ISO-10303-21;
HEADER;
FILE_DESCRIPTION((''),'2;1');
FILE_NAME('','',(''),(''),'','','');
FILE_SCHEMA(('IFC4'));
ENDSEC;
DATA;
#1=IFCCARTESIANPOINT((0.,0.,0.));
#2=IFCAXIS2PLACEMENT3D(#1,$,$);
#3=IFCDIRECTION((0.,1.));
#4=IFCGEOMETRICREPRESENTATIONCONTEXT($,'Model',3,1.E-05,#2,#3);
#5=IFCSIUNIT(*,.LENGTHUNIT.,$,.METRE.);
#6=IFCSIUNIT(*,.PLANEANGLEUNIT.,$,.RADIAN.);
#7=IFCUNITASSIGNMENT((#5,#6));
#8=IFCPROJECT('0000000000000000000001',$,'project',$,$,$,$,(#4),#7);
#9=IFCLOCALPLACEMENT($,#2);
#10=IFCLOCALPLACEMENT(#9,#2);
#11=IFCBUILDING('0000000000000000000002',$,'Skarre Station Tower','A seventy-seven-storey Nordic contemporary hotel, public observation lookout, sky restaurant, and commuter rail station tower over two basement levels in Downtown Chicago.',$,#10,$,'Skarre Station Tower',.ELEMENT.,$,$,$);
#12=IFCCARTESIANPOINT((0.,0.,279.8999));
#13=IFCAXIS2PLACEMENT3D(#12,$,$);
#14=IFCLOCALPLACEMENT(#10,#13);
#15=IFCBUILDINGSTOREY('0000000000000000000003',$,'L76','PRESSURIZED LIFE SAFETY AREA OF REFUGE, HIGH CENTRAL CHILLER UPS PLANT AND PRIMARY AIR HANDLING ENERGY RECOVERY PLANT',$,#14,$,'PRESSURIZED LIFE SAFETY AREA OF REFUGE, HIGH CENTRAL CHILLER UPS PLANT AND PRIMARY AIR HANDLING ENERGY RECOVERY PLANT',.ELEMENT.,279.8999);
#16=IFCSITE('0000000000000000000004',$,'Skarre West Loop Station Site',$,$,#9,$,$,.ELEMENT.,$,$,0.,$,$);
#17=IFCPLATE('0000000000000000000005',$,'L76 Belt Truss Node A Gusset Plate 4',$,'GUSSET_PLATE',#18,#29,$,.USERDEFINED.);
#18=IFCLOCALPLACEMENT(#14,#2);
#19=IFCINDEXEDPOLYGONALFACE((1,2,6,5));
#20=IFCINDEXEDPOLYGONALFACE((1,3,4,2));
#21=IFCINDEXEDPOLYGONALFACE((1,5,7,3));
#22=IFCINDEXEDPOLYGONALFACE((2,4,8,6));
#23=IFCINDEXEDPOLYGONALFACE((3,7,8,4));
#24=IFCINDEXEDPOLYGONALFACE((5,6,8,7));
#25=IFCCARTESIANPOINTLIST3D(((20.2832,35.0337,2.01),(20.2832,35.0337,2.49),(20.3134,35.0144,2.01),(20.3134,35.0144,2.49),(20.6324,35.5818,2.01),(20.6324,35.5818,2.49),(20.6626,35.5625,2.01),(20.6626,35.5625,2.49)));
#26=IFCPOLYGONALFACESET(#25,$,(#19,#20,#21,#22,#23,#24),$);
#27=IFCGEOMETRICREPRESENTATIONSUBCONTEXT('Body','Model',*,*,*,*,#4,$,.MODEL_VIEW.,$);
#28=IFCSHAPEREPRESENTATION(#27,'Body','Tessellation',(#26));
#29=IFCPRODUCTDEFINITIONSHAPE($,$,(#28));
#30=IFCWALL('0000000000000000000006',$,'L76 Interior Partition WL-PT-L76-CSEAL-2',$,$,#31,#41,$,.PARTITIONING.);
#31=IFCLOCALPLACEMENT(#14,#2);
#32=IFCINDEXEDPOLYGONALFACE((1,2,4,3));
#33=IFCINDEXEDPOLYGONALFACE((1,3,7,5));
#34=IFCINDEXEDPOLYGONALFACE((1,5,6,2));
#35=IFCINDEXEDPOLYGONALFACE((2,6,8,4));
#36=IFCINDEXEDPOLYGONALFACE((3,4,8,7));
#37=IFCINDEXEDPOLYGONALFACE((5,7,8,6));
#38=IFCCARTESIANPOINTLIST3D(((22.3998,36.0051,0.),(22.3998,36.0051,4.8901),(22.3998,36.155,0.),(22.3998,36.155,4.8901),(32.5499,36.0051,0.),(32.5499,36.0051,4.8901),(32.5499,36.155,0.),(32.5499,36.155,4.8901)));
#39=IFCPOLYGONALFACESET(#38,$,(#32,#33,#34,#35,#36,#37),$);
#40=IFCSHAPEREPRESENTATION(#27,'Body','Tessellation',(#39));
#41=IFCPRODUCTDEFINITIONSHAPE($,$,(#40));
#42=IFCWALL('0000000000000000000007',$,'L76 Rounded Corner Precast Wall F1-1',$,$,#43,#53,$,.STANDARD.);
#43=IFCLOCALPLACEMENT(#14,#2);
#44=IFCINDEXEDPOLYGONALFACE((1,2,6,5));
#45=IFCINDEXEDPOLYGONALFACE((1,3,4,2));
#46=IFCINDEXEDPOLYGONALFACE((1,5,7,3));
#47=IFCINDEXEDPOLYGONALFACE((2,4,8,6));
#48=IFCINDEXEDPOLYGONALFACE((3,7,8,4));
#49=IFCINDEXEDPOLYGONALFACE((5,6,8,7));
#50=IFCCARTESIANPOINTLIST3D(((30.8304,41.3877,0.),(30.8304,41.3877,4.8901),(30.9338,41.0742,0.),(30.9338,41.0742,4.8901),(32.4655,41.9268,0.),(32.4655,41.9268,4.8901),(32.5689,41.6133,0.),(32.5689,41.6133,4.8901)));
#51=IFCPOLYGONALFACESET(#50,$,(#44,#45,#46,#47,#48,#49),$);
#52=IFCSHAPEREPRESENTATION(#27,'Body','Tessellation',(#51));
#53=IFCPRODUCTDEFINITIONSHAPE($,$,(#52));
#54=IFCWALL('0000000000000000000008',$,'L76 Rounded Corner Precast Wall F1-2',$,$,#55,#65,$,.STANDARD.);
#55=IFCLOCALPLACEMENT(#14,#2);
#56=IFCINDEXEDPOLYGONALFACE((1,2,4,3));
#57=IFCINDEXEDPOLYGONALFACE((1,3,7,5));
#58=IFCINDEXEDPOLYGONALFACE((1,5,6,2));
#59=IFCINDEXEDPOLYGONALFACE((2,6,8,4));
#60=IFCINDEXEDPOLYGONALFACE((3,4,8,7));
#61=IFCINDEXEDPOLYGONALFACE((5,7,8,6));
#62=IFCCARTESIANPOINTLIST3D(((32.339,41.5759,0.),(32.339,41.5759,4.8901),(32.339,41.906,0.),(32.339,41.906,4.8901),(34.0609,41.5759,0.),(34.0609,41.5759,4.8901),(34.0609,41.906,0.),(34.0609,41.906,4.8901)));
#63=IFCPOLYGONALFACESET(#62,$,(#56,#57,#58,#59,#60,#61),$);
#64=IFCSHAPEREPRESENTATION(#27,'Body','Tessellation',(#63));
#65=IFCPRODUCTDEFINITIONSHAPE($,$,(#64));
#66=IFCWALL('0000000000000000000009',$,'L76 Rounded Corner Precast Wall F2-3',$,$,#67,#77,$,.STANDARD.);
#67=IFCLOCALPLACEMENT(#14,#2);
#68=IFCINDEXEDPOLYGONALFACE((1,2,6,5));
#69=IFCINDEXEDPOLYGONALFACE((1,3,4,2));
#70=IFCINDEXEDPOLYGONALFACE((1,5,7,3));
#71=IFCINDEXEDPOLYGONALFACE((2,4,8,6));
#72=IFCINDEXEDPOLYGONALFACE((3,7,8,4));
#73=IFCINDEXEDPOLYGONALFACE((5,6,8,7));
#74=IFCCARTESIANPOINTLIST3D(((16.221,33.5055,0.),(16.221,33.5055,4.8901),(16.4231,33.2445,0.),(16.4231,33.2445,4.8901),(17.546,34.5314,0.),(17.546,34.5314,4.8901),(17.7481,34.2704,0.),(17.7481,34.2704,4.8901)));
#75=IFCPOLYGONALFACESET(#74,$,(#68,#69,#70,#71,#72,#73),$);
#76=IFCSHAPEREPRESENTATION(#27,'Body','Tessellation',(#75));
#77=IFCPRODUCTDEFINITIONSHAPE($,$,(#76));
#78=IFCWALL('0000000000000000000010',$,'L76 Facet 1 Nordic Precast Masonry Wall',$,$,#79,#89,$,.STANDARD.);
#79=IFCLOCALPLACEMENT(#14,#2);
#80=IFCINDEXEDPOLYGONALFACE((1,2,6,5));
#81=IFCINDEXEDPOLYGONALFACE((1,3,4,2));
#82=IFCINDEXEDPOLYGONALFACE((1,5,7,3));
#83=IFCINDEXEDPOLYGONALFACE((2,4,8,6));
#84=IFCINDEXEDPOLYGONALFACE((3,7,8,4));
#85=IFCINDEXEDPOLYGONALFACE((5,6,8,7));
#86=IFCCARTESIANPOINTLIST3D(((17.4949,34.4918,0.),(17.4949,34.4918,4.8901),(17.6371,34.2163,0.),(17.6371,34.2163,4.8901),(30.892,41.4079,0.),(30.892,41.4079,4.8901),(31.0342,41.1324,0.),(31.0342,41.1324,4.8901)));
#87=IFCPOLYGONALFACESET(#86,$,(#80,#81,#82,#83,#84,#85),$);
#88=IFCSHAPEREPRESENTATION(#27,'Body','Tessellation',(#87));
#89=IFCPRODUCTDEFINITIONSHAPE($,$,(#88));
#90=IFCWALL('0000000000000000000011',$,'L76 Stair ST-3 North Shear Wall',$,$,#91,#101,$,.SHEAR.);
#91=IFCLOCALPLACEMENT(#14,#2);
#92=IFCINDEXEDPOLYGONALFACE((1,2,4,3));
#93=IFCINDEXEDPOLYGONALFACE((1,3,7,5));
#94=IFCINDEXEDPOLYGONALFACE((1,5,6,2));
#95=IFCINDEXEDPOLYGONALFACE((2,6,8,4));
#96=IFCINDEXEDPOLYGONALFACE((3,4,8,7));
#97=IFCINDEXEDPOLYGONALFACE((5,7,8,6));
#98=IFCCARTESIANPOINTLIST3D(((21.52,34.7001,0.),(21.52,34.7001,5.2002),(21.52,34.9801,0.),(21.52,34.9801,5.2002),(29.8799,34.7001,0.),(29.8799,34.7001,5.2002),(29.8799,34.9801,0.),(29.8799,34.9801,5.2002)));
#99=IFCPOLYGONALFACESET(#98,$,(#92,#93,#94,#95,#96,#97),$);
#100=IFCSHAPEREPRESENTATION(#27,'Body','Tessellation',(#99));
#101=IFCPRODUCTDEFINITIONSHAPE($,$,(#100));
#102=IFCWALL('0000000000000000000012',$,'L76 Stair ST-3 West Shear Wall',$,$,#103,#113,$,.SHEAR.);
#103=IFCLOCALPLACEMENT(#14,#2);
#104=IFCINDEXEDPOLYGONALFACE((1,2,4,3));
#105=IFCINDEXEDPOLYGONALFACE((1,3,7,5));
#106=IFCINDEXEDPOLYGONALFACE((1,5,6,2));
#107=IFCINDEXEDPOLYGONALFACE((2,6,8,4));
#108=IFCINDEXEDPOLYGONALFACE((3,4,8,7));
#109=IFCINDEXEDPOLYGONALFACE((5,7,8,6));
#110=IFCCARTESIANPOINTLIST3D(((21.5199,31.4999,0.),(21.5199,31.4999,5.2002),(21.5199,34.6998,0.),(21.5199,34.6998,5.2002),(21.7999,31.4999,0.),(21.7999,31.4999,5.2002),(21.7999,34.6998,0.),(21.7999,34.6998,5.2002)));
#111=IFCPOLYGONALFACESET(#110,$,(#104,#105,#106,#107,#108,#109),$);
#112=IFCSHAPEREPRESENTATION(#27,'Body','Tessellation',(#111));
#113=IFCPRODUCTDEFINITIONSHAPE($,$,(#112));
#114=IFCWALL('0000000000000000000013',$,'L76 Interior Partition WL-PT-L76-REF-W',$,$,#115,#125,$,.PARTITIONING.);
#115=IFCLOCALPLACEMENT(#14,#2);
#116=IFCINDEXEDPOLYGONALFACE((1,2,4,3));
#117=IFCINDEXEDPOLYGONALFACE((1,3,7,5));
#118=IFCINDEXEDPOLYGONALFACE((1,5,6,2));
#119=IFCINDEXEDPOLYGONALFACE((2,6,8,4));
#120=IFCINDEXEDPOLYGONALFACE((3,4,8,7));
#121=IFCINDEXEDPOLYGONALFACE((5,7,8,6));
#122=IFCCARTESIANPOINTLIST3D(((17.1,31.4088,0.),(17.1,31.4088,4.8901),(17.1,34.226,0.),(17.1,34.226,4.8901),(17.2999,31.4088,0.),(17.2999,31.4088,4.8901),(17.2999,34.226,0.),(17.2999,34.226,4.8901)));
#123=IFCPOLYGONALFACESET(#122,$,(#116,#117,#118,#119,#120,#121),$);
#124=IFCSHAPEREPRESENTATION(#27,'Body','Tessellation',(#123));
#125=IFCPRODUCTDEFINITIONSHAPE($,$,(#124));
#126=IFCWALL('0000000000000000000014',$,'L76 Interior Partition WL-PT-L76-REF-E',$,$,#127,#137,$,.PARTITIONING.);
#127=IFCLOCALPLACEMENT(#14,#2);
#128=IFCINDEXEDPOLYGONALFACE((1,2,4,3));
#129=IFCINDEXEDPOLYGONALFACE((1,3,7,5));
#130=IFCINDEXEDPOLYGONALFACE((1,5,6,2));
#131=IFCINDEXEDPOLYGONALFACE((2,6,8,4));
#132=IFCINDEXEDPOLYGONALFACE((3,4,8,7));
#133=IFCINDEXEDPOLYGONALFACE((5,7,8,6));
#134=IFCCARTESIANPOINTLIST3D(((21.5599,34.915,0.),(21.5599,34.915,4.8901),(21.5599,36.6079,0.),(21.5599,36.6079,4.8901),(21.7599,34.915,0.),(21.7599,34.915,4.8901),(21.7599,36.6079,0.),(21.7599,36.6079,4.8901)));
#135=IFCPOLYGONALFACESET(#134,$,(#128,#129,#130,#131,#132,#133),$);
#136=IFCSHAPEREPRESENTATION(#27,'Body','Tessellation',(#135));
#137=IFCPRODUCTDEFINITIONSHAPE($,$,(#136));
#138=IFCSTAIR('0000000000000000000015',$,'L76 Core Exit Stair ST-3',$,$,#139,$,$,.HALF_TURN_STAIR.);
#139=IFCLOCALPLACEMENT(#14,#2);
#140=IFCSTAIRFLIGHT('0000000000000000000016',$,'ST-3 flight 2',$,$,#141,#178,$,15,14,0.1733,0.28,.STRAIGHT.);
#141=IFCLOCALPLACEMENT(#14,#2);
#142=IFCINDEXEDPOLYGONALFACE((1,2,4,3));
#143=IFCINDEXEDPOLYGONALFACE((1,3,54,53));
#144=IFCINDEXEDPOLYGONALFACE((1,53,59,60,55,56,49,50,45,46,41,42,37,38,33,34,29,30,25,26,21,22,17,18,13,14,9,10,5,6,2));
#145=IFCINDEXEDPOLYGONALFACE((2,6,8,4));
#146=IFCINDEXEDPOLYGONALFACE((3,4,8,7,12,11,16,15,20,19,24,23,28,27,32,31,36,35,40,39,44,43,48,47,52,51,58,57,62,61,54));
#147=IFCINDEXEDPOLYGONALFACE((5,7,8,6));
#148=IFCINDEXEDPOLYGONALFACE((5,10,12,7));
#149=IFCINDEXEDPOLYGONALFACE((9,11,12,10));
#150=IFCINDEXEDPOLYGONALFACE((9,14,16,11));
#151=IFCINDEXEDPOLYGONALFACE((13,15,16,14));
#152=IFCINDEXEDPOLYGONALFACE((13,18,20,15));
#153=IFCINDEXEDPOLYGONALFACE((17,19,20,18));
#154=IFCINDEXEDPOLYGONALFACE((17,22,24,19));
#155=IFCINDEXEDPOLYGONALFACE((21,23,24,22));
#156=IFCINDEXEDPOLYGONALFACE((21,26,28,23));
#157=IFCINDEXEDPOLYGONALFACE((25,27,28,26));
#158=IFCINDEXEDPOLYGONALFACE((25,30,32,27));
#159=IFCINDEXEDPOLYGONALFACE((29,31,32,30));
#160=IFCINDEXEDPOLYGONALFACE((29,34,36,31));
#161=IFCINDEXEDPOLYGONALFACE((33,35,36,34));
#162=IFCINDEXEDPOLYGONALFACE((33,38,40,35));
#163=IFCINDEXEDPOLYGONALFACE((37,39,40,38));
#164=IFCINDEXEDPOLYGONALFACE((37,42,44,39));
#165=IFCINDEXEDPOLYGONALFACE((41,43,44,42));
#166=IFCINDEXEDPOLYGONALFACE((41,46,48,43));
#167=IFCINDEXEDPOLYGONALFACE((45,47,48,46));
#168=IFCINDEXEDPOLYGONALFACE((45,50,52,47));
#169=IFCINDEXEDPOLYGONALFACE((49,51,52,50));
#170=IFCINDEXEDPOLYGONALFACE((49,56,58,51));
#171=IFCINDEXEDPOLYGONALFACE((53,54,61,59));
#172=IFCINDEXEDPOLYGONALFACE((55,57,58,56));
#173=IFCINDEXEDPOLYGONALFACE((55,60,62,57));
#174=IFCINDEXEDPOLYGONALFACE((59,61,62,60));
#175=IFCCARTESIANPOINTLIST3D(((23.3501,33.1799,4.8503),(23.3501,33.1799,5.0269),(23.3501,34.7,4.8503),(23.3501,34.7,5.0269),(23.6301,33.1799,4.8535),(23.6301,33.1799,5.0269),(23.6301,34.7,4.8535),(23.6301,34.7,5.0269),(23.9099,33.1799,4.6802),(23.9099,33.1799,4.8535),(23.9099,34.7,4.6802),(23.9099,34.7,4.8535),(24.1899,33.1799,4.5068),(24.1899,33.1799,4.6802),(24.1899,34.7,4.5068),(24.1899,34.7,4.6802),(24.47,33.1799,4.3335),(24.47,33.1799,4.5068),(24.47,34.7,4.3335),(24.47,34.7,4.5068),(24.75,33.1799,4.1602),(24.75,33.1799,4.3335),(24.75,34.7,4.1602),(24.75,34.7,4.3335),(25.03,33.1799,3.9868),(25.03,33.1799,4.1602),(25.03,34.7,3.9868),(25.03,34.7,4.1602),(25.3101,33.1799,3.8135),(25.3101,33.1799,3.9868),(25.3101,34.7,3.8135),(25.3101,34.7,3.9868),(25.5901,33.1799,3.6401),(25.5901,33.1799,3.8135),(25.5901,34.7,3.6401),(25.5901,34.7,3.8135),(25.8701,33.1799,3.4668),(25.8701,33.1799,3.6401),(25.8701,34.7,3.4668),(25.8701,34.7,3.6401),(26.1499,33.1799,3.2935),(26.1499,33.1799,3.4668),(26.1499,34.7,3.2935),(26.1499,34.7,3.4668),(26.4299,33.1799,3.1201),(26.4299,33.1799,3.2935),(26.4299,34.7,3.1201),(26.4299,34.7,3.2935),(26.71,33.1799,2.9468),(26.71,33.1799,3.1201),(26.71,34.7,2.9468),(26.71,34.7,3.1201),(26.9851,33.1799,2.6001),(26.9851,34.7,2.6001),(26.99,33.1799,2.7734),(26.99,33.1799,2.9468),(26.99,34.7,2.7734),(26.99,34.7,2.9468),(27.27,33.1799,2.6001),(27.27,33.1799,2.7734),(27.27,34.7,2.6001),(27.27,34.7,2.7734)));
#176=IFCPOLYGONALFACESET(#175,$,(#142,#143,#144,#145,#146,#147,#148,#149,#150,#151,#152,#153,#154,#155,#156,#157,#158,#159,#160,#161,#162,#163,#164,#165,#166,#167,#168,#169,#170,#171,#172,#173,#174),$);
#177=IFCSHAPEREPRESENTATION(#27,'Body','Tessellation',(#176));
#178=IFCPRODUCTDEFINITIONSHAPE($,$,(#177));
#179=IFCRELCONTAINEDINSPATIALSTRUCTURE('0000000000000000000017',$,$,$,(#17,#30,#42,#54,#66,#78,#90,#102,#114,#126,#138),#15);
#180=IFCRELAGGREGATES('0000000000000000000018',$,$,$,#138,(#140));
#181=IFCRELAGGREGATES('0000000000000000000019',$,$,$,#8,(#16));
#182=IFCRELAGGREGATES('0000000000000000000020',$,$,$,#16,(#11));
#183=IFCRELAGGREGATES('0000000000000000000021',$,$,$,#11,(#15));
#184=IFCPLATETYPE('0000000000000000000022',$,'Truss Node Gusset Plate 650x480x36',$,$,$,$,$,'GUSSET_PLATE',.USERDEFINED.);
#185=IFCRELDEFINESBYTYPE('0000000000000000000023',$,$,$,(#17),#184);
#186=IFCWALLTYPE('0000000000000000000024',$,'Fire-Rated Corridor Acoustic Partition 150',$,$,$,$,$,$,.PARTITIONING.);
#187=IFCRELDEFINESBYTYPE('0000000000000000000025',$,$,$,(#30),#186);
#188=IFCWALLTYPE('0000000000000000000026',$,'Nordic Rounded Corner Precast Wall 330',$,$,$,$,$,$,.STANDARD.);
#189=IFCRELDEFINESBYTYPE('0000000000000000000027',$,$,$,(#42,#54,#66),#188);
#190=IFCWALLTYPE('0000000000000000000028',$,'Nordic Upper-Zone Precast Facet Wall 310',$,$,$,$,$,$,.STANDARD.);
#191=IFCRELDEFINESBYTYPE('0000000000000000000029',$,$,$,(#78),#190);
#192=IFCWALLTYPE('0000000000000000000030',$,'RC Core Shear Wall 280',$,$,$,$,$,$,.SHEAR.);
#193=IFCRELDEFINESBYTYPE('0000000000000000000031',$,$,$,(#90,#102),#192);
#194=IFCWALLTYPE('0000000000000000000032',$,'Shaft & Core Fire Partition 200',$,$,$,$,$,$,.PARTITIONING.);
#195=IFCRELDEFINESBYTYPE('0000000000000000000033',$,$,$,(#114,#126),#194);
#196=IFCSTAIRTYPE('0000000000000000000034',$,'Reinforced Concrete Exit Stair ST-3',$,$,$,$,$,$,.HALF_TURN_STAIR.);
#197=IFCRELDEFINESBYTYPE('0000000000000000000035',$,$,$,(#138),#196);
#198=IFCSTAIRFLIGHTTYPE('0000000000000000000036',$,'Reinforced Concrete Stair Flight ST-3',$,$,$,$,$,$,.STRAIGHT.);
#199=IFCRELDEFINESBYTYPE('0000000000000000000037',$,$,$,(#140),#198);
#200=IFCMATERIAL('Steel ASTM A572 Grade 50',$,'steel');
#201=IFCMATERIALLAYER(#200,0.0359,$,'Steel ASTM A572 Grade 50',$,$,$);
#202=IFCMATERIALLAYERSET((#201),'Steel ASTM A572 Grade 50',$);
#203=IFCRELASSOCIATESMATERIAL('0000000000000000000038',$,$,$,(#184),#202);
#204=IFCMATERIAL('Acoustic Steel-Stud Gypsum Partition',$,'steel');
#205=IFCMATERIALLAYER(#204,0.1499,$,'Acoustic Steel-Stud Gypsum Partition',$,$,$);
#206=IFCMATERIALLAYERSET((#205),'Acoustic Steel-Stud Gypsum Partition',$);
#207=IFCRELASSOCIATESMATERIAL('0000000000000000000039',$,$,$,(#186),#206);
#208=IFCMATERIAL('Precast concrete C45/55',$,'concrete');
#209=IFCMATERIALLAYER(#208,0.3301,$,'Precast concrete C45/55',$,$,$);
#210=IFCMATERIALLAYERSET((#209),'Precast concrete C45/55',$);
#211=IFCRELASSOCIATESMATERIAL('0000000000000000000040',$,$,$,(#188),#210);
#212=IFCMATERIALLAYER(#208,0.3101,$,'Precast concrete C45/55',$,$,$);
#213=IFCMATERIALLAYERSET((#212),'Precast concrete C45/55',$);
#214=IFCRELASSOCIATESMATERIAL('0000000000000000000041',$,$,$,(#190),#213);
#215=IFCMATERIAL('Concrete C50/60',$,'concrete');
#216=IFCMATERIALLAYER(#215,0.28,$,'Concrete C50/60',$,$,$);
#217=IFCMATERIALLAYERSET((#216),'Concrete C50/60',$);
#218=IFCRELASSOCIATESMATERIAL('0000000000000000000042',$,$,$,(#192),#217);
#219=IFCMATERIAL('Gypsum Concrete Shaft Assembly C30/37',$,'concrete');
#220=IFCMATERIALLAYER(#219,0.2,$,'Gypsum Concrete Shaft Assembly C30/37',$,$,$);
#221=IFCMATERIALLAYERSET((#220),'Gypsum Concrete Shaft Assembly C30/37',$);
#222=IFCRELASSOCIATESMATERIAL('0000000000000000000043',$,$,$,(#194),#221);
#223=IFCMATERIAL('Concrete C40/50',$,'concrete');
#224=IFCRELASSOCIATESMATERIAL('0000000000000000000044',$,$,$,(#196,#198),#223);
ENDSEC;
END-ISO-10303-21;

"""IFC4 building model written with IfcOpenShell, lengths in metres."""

from ifc_helpers import new_model, si_unit, direction, frame, frame_2d, origin, origin_2d, place, context, subcontext, project, spatial, polyline, rectangle, outline, extrude, material, layer, layer_set, type_object, element, aggregate, save


model = new_model("IFC4")

# Units and contexts
model_context = context("Model", 3, precision=1e-05, world=origin(), true_north=direction((0.0, 1.0)))
body_context = subcontext(model_context, "Body", "Model", "MODEL_VIEW")
ifc_project = project(units=[si_unit("LENGTHUNIT", "METRE"), si_unit("PLANEANGLEUNIT", "RADIAN")], contexts=[model_context])

# Site, building, storey
site_placement = place(None, origin())
site = spatial("IfcSite", under=ifc_project, at=site_placement, Name="Skarre West Loop Station Site", CompositionType="ELEMENT", RefElevation=0.0)
building_placement = place(site_placement, origin())
building = spatial("IfcBuilding", under=site, at=building_placement, Name="Skarre Station Tower", Description="A seventy-seven-storey Nordic contemporary hotel, public observation lookout, sky restaurant, and commuter rail station tower over two basement levels in Downtown Chicago.", LongName="Skarre Station Tower", CompositionType="ELEMENT")
storey_placement = place(building_placement, frame((0.0, 0.0, 279.8999)))
storey = spatial("IfcBuildingStorey", under=building, at=storey_placement, Name="L76", Description="PRESSURIZED LIFE SAFETY AREA OF REFUGE, HIGH CENTRAL CHILLER UPS PLANT AND PRIMARY AIR HANDLING ENERGY RECOVERY PLANT", LongName="PRESSURIZED LIFE SAFETY AREA OF REFUGE, HIGH CENTRAL CHILLER UPS PLANT AND PRIMARY AIR HANDLING ENERGY RECOVERY PLANT", CompositionType="ELEMENT", Elevation=279.8999)

# Shared definitions
ifc_material_1 = material(Name="Concrete C50/60", Category="concrete")

# Plate
ifc_material_2 = material(Name="Steel ASTM A572 Grade 50", Category="steel")
ifc_layer_1 = layer(ifc_material_2, 0.0359, Name="Steel ASTM A572 Grade 50")
ifc_layer_set_1 = layer_set([ifc_layer_1], Name="Steel ASTM A572 Grade 50")
plate_type_1 = type_object("IfcPlateType", Name="Truss Node Gusset Plate 650x480x36", ElementType="GUSSET_PLATE", PredefinedType="USERDEFINED", material=ifc_layer_set_1)
for number, where, z_axis, x_axis, name in (
    (1, (20.4729, 35.2981, 2.01), (0.0, 0.0, 1.0), (-0.5373, -0.843391, 0.0), "L76 Belt Truss Node A Gusset Plate 4"),
):
    element("IfcPlate", number, at=place(storey_placement, frame(where, z_axis=z_axis, x_axis=x_axis)), inside=storey, type_object=plate_type_1, Name=name, ObjectType="GUSSET_PLATE", PredefinedType="USERDEFINED", context=body_context, shape_type="SweptSolid", body=[
        extrude(rectangle(XDim=0.6499, YDim=0.0359, at=origin_2d()), origin(), (0.0, 0.0, 1.0), 0.48),
    ])

# Walls
ifc_material_3 = material(Name="Acoustic Steel-Stud Gypsum Partition", Category="steel")
ifc_layer_2 = layer(ifc_material_3, 0.1499, Name="Acoustic Steel-Stud Gypsum Partition")
ifc_layer_set_2 = layer_set([ifc_layer_2], Name="Acoustic Steel-Stud Gypsum Partition")
wall_type_1 = type_object("IfcWallType", Name="Fire-Rated Corridor Acoustic Partition 150", PredefinedType="PARTITIONING", material=ifc_layer_set_2)
wall_1_placement = place(storey_placement, frame((32.55, 36.0801, 0.0), z_axis=(0.0, 0.0, 1.0), x_axis=(-1.0, 0.0, 0.0)))
element("IfcWall", 2, at=wall_1_placement, inside=storey, type_object=wall_type_1, Name="L76 Interior Partition WL-PT-L76-CSEAL-2", PredefinedType="PARTITIONING", context=body_context, shape_type="SweptSolid", body=[
    extrude(rectangle(XDim=10.1501, YDim=0.1499, at=frame_2d((5.0752, 0.0))), origin(), (0.0, 0.0, 1.0), 4.8901),
])
ifc_material_4 = material(Name="Precast concrete C45/55", Category="concrete")
ifc_layer_3 = layer(ifc_material_4, 0.3301, Name="Precast concrete C45/55")
ifc_layer_set_3 = layer_set([ifc_layer_3], Name="Precast concrete C45/55")
wall_type_2 = type_object("IfcWallType", Name="Nordic Rounded Corner Precast Wall 330", PredefinedType="STANDARD", material=ifc_layer_set_3)
wall_2_placement = place(storey_placement, frame((30.8821, 41.231, 0.0), z_axis=(0.0, 0.0, 1.0), x_axis=(0.949713, 0.31312, 0.0)))
element("IfcWall", 3, at=wall_2_placement, inside=storey, type_object=wall_type_2, Name="L76 Rounded Corner Precast Wall F1-1", PredefinedType="STANDARD", context=body_context, shape_type="SweptSolid", body=[
    extrude(rectangle(XDim=1.7217, YDim=0.3301, at=frame_2d((0.8608, 0.0))), origin(), (0.0, 0.0, 1.0), 4.8901),
])
wall_3_placement = place(storey_placement, frame((32.3391, 41.741, 0.0), z_axis=(0.0, 0.0, 1.0), x_axis=(1.0, 0.0, 0.0)))
element("IfcWall", 4, at=wall_3_placement, inside=storey, type_object=wall_type_2, Name="L76 Rounded Corner Precast Wall F1-2", PredefinedType="STANDARD", context=body_context, shape_type="SweptSolid", body=[
    extrude(rectangle(XDim=1.7219, YDim=0.3301, at=frame_2d((0.8608, 0.0))), origin(), (0.0, 0.0, 1.0), 4.8901),
])
wall_4_placement = place(storey_placement, frame((16.322, 33.375, 0.0), z_axis=(0.0, 0.0, 1.0), x_axis=(0.790692, 0.612214, 0.0)))
element("IfcWall", 5, at=wall_4_placement, inside=storey, type_object=wall_type_2, Name="L76 Rounded Corner Precast Wall F2-3", PredefinedType="STANDARD", context=body_context, shape_type="SweptSolid", body=[
    extrude(rectangle(XDim=1.6758, YDim=0.3301, at=frame_2d((0.8379, 0.0))), origin(), (0.0, 0.0, 1.0), 4.8901),
])
ifc_layer_4 = layer(ifc_material_4, 0.3101, Name="Precast concrete C45/55")
ifc_layer_set_4 = layer_set([ifc_layer_4], Name="Precast concrete C45/55")
wall_type_3 = type_object("IfcWallType", Name="Nordic Upper-Zone Precast Facet Wall 310", PredefinedType="STANDARD", material=ifc_layer_set_4)
wall_5_placement = place(storey_placement, frame((17.5659, 34.354, 0.0), z_axis=(0.0, 0.0, 1.0), x_axis=(0.888581, 0.458719, 0.0)))
element("IfcWall", 6, at=wall_5_placement, inside=storey, type_object=wall_type_3, Name="L76 Facet 1 Nordic Precast Masonry Wall", PredefinedType="STANDARD", context=body_context, shape_type="SweptSolid", body=[
    extrude(rectangle(XDim=15.0769, YDim=0.3101, at=frame_2d((7.5386, 0.0))), origin(), (0.0, 0.0, 1.0), 4.8901),
])
ifc_layer_5 = layer(ifc_material_1, 0.28, Name="Concrete C50/60")
ifc_layer_set_5 = layer_set([ifc_layer_5], Name="Concrete C50/60")
wall_type_4 = type_object("IfcWallType", Name="RC Core Shear Wall 280", PredefinedType="SHEAR", material=ifc_layer_set_5)
wall_6_placement = place(storey_placement, frame((29.8799, 34.8401, 0.0), z_axis=(0.0, 0.0, 1.0), x_axis=(-1.0, 0.0, 0.0)))
element("IfcWall", 7, at=wall_6_placement, inside=storey, type_object=wall_type_4, Name="L76 Stair ST-3 North Shear Wall", PredefinedType="SHEAR", context=body_context, shape_type="SweptSolid", body=[
    extrude(rectangle(XDim=8.3599, YDim=0.28, at=frame_2d((4.1799, 0.0))), origin(), (0.0, 0.0, 1.0), 5.2002),
])
wall_7_placement = place(storey_placement, frame((21.6599, 34.7, 0.0), z_axis=(0.0, 0.0, 1.0), x_axis=(0.0, -1.0, 0.0)))
element("IfcWall", 8, at=wall_7_placement, inside=storey, type_object=wall_type_4, Name="L76 Stair ST-3 West Shear Wall", PredefinedType="SHEAR", context=body_context, shape_type="SweptSolid", body=[
    extrude(rectangle(XDim=3.2, YDim=0.28, at=frame_2d((1.6001, 0.0))), origin(), (0.0, 0.0, 1.0), 5.2002),
])
ifc_material_5 = material(Name="Gypsum Concrete Shaft Assembly C30/37", Category="concrete")
ifc_layer_6 = layer(ifc_material_5, 0.2, Name="Gypsum Concrete Shaft Assembly C30/37")
ifc_layer_set_6 = layer_set([ifc_layer_6], Name="Gypsum Concrete Shaft Assembly C30/37")
wall_type_5 = type_object("IfcWallType", Name="Shaft & Core Fire Partition 200", PredefinedType="PARTITIONING", material=ifc_layer_set_6)
wall_8_placement = place(storey_placement, frame((17.2, 34.2261, 0.0), z_axis=(0.0, 0.0, 1.0), x_axis=(0.0, -1.0, 0.0)))
element("IfcWall", 9, at=wall_8_placement, inside=storey, type_object=wall_type_5, Name="L76 Interior Partition WL-PT-L76-REF-W", PredefinedType="PARTITIONING", context=body_context, shape_type="SweptSolid", body=[
    extrude(rectangle(XDim=2.8171, YDim=0.2, at=frame_2d((1.4087, 0.0))), origin(), (0.0, 0.0, 1.0), 4.8901),
])
wall_9_placement = place(storey_placement, frame((21.6599, 34.915, 0.0), z_axis=(0.0, 0.0, 1.0), x_axis=(0.0, 1.0, 0.0)))
element("IfcWall", 10, at=wall_9_placement, inside=storey, type_object=wall_type_5, Name="L76 Interior Partition WL-PT-L76-REF-E", PredefinedType="PARTITIONING", context=body_context, shape_type="SweptSolid", body=[
    extrude(rectangle(XDim=1.6929, YDim=0.2, at=frame_2d((0.8464, 0.0))), origin(), (0.0, 0.0, 1.0), 4.8901),
])

# Stair, stair flight
ifc_material_6 = material(Name="Concrete C40/50", Category="concrete")
stair_type = type_object("IfcStairType", Name="Reinforced Concrete Exit Stair ST-3", PredefinedType="HALF_TURN_STAIR", material=ifc_material_6)
stair_placement = place(storey_placement, origin())
stair = element("IfcStair", 11, at=stair_placement, inside=storey, type_object=stair_type, Name="L76 Core Exit Stair ST-3", PredefinedType="HALF_TURN_STAIR")
stair_flight_type = type_object("IfcStairFlightType", Name="Reinforced Concrete Stair Flight ST-3", PredefinedType="STRAIGHT", material=ifc_material_6)
stair_flight_placement = place(storey_placement, frame((27.27, 33.9399, 2.6001), z_axis=(0.0, 0.0, 1.0), x_axis=(-1.0, 0.0, 0.0)))
stair_flight = element("IfcStairFlight", 12, at=stair_flight_placement, type_object=stair_flight_type, Name="ST-3 flight 2", NumberOfRisers=15, NumberOfTreads=14, PredefinedType="STRAIGHT", RiserHeight=0.1733, TreadLength=0.28, context=body_context, shape_type="SweptSolid", body=[
    extrude(outline(polyline([(0.0, 0.0), (0.0, 0.1733), (0.28, 0.1733), (0.28, 0.3467), (0.5601, 0.3467), (0.5601, 0.52), (0.8401, 0.52), (0.8401, 0.6934), (1.1201, 0.6934), (1.1201, 0.8667), (1.3999, 0.8667), (1.3999, 1.04), (1.6799, 1.04), (1.6799, 1.2134), (1.96, 1.2134), (1.96, 1.3867), (2.24, 1.3867), (2.24, 1.5601), (2.52, 1.5601), (2.52, 1.7334), (2.8, 1.7334), (2.8, 1.9067), (3.0801, 1.9067), (3.0801, 2.0801), (3.3601, 2.0801), (3.3601, 2.2534), (3.6399, 2.2534), (3.6399, 2.4268), (3.9199, 2.4268), (3.9199, 2.6001), (3.9199, 2.2502), (0.2849, 0.0), (0.0, 0.0)])), frame((0.0, 0.76, 0.0), z_axis=(0.0, -1.0, 0.0), x_axis=(1.0, 0.0, 0.0)), (0.0, 0.0, 1.0), 1.52),
])
aggregate(stair, [stair_flight])

save(model, "model.ifc")
